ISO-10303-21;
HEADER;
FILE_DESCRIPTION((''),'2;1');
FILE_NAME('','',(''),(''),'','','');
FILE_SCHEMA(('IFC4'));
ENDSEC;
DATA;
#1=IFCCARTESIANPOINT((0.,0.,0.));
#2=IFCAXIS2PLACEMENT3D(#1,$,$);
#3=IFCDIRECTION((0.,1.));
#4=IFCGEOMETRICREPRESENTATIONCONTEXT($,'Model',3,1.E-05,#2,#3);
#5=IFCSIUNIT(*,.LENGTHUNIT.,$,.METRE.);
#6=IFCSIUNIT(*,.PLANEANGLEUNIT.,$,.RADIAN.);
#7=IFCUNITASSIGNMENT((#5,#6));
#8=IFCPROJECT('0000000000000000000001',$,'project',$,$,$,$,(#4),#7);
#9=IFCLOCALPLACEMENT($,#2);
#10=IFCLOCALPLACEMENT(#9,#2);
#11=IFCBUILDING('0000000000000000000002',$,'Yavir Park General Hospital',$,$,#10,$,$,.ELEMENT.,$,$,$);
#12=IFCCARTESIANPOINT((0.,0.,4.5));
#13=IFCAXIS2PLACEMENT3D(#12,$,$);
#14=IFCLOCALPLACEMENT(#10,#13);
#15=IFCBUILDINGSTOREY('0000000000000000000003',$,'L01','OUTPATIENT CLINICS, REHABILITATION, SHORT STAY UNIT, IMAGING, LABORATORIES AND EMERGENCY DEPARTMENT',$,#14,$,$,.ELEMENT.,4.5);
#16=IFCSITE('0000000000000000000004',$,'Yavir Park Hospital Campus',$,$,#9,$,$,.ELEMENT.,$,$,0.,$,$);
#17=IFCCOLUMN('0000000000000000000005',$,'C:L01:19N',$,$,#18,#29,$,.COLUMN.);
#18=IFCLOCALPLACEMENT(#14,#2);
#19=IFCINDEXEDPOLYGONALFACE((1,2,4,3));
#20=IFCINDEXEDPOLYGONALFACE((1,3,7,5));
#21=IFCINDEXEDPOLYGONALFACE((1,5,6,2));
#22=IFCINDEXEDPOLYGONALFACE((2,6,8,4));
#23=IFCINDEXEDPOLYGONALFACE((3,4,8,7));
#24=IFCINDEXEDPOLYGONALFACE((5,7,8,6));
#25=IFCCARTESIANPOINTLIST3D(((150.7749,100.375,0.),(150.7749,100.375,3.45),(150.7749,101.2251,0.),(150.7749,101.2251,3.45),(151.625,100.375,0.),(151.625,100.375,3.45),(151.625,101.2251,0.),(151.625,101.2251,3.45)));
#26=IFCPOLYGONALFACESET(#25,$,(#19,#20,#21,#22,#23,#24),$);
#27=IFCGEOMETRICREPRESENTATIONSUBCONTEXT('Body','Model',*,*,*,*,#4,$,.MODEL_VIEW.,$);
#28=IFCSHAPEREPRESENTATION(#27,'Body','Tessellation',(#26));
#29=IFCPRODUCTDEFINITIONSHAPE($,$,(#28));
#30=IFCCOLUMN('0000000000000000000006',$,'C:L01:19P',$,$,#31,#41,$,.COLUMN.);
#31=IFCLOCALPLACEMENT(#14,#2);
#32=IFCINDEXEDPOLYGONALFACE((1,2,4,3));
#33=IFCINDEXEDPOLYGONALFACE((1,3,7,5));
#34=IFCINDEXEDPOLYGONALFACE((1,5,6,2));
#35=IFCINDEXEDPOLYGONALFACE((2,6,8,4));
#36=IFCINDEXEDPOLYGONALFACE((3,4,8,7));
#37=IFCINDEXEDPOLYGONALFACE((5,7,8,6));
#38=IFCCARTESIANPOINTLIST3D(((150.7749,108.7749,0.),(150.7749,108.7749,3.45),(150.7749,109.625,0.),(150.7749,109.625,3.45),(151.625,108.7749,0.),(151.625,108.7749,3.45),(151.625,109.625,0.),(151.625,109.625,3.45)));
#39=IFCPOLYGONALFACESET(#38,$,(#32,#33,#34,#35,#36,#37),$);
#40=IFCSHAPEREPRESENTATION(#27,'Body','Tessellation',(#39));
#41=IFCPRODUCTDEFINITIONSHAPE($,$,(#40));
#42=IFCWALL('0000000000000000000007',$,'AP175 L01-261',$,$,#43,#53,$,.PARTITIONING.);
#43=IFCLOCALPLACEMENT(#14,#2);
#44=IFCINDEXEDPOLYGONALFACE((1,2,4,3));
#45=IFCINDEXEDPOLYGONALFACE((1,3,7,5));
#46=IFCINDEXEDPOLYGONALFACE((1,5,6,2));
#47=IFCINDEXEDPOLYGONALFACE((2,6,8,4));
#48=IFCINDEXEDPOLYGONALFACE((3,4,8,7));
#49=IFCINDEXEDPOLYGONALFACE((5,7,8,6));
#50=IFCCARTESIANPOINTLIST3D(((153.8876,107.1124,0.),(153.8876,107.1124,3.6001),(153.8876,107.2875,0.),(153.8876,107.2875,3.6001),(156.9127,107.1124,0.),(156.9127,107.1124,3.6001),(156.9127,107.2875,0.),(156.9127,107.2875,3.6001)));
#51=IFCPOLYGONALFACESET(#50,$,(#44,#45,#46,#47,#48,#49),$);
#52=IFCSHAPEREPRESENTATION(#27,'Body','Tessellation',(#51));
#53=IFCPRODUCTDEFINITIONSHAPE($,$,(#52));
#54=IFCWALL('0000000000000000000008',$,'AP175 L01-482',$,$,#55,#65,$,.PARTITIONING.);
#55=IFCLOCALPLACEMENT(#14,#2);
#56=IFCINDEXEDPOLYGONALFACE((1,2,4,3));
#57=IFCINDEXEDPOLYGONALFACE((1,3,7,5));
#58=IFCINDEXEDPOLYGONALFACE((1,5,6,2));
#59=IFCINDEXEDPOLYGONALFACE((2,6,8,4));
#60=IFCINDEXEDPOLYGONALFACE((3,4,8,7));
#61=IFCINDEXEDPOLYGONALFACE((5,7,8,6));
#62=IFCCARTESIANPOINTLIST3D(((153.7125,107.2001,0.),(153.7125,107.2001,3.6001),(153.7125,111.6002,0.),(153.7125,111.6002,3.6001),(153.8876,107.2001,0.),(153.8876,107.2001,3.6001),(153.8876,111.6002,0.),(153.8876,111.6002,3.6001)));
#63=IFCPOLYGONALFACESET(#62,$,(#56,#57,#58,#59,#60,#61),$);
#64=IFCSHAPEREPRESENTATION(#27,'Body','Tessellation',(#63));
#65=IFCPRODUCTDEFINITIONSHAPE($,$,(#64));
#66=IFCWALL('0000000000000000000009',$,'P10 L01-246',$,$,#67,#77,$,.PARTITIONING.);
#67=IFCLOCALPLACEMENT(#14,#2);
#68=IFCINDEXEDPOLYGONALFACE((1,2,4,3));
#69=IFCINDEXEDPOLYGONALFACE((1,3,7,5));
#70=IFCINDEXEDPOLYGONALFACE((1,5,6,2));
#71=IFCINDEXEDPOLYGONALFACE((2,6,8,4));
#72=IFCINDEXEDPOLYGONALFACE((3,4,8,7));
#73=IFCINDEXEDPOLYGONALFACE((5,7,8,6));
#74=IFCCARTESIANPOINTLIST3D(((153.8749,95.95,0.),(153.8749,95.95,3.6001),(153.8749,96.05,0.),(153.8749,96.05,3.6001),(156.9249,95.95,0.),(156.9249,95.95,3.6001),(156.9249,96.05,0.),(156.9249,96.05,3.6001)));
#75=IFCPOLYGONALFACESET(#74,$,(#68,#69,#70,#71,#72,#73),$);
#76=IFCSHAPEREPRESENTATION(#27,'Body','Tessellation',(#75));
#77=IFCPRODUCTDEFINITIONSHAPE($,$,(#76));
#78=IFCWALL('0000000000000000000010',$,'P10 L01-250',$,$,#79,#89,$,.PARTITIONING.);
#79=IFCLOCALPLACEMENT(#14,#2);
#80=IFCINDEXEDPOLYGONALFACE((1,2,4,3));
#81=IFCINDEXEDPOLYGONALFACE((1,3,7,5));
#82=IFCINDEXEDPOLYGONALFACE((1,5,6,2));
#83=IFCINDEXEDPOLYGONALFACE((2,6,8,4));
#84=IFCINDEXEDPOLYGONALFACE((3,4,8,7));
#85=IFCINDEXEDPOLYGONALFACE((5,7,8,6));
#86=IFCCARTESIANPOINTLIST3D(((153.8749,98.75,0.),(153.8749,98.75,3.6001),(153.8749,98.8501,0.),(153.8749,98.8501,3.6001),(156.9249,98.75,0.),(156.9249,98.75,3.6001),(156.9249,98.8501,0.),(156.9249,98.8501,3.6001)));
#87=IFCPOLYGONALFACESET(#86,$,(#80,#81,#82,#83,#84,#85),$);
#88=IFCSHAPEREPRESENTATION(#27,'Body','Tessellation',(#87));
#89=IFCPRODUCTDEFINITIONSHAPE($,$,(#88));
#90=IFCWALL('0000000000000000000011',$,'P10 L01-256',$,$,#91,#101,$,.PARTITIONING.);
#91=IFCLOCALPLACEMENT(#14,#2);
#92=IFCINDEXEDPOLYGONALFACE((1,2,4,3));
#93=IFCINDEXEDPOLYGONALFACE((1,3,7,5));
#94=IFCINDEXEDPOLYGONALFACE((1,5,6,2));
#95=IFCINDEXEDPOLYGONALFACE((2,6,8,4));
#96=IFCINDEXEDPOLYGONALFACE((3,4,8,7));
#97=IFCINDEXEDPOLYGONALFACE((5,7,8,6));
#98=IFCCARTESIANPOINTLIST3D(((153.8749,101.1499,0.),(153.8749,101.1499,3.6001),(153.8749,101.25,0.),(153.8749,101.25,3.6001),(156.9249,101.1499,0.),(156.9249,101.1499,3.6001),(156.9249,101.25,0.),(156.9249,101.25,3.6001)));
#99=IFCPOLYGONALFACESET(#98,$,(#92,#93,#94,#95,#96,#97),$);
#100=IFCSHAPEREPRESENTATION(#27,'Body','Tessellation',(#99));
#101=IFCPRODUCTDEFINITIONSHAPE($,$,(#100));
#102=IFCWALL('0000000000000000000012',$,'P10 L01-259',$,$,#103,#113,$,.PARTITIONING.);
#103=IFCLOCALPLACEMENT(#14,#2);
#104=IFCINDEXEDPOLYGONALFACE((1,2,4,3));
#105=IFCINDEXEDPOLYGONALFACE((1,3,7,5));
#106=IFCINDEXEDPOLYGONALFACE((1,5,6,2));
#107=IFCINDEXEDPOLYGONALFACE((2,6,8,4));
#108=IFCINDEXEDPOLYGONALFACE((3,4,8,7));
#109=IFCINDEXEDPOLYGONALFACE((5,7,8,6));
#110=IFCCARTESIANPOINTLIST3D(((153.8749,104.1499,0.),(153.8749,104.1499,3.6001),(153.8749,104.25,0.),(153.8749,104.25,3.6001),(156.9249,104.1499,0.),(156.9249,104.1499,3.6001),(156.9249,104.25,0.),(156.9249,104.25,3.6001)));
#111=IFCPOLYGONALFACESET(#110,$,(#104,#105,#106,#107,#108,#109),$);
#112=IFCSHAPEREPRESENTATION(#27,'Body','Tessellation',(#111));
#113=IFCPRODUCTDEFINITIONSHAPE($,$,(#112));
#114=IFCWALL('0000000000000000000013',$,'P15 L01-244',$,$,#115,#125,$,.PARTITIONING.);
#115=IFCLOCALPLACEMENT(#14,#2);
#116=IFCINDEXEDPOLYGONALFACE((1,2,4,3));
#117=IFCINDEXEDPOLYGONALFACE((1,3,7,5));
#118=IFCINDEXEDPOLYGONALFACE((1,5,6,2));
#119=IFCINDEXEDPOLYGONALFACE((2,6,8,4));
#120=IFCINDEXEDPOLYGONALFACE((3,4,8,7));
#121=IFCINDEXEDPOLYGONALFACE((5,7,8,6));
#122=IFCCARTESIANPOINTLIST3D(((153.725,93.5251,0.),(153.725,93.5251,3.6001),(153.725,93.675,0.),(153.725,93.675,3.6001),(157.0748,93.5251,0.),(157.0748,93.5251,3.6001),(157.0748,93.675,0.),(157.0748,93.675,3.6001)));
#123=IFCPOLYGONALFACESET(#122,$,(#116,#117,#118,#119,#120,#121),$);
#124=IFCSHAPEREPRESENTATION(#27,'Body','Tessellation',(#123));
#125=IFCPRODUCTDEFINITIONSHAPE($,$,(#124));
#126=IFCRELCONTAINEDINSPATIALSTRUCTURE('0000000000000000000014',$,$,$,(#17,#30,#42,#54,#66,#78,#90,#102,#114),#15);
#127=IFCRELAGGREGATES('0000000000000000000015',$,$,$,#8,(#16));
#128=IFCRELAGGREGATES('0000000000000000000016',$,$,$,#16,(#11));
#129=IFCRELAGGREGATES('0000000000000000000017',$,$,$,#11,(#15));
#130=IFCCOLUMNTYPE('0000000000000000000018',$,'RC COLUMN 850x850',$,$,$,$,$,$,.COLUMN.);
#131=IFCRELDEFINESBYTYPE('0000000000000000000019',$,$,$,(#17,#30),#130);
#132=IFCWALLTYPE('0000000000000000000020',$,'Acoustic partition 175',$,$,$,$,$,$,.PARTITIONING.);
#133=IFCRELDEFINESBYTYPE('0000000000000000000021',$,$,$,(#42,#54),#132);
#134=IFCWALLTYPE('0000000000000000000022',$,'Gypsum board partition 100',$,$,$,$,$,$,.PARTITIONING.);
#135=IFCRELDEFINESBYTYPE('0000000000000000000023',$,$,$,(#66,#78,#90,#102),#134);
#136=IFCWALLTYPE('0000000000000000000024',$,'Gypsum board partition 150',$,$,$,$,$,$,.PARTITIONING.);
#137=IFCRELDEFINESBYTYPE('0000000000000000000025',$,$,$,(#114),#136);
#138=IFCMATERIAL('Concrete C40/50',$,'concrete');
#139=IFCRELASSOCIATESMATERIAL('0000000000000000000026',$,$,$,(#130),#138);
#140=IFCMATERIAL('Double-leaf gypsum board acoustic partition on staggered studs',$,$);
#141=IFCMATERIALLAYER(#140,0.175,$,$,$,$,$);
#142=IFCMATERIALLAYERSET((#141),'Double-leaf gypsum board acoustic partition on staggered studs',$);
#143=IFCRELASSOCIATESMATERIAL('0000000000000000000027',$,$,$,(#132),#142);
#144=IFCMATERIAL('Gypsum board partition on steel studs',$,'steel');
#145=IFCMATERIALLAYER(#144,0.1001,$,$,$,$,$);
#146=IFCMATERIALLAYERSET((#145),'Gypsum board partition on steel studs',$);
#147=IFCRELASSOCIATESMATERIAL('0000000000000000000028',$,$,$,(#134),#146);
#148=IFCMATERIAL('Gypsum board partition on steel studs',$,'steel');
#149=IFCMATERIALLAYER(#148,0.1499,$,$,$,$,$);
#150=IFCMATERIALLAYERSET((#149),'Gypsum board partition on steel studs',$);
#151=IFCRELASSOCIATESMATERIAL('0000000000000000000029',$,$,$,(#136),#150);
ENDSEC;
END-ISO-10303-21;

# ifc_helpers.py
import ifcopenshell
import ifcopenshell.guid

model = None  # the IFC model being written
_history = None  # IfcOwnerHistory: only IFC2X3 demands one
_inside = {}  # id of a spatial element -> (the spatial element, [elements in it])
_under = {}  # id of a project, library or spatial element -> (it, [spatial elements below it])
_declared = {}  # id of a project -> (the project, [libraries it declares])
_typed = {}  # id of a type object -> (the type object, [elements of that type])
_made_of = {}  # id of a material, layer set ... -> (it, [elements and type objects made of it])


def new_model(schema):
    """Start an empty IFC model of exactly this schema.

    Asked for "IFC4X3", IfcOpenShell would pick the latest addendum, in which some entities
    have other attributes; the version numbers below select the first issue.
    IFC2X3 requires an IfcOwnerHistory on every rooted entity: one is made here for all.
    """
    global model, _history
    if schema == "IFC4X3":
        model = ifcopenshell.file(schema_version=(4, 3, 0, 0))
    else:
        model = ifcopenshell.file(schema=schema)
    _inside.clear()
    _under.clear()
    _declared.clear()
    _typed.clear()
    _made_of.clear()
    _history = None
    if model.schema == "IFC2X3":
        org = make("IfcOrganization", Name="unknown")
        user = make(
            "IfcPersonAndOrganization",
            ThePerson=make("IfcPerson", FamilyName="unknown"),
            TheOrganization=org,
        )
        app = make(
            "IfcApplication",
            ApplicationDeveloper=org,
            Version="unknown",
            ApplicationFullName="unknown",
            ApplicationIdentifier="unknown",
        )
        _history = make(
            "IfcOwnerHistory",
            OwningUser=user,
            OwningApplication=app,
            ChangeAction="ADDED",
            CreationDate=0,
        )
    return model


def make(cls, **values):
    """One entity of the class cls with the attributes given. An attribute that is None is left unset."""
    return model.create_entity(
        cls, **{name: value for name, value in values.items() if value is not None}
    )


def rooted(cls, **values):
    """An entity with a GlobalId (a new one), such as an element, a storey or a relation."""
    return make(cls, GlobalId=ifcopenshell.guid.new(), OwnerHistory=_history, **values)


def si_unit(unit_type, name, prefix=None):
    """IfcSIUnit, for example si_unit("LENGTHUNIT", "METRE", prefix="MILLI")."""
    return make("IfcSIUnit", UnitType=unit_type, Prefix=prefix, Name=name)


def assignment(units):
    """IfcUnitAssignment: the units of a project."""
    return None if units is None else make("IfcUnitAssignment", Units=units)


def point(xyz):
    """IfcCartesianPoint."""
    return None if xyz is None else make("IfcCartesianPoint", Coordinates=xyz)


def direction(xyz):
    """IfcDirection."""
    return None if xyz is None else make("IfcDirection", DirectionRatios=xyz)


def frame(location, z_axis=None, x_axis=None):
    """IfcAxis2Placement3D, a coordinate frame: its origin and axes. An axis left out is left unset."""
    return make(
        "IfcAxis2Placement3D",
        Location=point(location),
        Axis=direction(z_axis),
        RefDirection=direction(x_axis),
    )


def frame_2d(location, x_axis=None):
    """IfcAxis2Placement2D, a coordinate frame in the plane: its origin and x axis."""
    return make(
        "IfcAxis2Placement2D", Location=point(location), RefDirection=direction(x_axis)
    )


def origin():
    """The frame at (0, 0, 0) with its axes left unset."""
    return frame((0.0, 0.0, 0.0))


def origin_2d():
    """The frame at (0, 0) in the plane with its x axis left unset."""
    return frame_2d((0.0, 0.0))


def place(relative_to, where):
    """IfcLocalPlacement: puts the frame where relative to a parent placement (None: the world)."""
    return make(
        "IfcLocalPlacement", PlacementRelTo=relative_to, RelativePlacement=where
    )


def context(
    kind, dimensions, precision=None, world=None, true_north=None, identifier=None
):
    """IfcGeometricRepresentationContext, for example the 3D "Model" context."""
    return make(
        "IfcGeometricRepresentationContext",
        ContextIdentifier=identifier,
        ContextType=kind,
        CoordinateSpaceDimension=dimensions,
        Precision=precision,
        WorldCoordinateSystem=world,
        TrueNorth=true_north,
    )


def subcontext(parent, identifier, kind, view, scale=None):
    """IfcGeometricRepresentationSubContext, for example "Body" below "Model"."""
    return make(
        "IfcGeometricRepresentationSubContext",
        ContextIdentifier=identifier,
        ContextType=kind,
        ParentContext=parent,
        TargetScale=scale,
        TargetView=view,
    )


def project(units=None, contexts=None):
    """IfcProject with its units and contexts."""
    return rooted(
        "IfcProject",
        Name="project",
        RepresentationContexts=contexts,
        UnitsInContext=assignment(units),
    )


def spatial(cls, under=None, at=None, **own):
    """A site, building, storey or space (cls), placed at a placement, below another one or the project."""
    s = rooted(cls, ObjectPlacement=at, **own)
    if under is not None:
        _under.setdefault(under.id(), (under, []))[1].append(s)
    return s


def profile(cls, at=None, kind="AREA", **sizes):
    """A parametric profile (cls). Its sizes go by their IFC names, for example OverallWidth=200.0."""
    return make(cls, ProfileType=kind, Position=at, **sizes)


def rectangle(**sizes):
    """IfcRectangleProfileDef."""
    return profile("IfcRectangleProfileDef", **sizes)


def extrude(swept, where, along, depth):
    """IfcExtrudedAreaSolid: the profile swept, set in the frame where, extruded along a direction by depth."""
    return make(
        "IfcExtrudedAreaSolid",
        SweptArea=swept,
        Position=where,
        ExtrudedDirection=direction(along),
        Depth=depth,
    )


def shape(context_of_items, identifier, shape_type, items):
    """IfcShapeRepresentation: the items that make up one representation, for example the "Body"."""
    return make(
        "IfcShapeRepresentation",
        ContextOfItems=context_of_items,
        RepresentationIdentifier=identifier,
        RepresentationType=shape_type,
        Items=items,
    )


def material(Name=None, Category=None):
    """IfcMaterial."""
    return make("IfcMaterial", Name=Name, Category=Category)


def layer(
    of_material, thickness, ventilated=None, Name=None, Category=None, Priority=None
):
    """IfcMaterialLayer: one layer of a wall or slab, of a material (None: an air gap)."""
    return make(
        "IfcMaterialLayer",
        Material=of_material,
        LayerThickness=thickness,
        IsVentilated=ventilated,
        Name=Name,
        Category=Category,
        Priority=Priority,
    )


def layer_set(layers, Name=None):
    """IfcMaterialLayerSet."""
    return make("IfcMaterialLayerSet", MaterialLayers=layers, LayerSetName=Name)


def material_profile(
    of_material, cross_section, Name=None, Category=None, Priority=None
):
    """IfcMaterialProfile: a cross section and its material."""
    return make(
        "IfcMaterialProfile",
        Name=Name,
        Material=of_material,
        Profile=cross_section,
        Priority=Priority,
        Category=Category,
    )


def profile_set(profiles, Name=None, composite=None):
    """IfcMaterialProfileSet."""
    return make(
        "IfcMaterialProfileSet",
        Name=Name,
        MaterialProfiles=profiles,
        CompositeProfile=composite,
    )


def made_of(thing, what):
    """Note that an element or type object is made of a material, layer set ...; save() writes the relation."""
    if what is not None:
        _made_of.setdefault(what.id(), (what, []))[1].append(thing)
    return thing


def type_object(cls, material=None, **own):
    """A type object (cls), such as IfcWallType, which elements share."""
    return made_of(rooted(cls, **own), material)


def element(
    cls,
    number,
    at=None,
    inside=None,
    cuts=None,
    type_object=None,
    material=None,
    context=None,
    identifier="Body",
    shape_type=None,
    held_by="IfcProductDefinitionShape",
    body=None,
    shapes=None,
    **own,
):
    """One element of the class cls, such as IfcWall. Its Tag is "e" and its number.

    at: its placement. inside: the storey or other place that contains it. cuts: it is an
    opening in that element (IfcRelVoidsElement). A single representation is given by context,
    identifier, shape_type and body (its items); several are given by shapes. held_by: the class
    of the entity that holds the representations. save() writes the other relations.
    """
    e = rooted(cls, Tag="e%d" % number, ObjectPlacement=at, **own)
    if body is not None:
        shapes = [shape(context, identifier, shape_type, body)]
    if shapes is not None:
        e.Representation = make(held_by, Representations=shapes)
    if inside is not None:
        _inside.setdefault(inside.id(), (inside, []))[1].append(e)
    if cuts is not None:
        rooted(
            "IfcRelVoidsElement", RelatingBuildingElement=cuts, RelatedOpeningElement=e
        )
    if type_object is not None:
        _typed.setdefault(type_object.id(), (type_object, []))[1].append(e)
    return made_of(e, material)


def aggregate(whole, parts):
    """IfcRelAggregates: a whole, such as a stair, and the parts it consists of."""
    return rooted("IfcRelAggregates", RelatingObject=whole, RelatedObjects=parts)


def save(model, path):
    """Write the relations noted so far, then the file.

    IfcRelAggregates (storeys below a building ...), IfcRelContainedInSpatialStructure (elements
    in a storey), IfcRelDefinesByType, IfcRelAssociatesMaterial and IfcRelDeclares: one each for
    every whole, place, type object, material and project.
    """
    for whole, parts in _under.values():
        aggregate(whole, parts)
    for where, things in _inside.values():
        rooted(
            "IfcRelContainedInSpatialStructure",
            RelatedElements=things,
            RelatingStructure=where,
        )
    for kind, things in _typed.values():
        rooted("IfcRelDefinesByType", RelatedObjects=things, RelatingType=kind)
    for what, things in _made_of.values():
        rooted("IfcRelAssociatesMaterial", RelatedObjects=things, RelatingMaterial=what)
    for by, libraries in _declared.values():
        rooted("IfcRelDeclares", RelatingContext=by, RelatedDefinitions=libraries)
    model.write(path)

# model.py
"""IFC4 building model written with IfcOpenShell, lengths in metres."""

from ifc_helpers import new_model, si_unit, direction, frame, frame_2d, origin, origin_2d, place, context, subcontext, project, spatial, rectangle, extrude, material, layer, layer_set, material_profile, profile_set, type_object, element, save


model = new_model("IFC4")

# Units and contexts
model_context = context("Model", 3, precision=1e-05, world=origin(), true_north=direction((0.0, 1.0)))
body_context = subcontext(model_context, "Body", "Model", "MODEL_VIEW")
ifc_project = project(units=[si_unit("LENGTHUNIT", "METRE"), si_unit("PLANEANGLEUNIT", "RADIAN")], contexts=[model_context])

# Site, building, storey
site_placement = place(None, origin())
site = spatial("IfcSite", under=ifc_project, at=site_placement, Name="Yavir Park Hospital Campus", CompositionType="ELEMENT", RefElevation=0.0)
building_placement = place(site_placement, origin())
building = spatial("IfcBuilding", under=site, at=building_placement, Name="Yavir Park General Hospital", CompositionType="ELEMENT")
storey_placement = place(building_placement, frame((0.0, 0.0, 4.5)))
storey = spatial("IfcBuildingStorey", under=building, at=storey_placement, Name="L01", Description="OUTPATIENT CLINICS, REHABILITATION, SHORT STAY UNIT, IMAGING, LABORATORIES AND EMERGENCY DEPARTMENT", CompositionType="ELEMENT", Elevation=4.5)

# Columns
ifc_material_1 = material(Name="Concrete C40/50", Category="concrete")
ifc_material_profile = material_profile(ifc_material_1, rectangle(XDim=0.8501, YDim=0.8501, at=origin_2d()), Name="RC850x850")
ifc_profile_set = profile_set([ifc_material_profile], Name="Concrete C40/50")
column_type = type_object("IfcColumnType", Name="RC COLUMN 850x850", PredefinedType="COLUMN", material=ifc_profile_set)
for number, where, z_axis, x_axis, name in (
    (1, (151.2, 100.8, 0.0), (0.0, 0.0, 1.0), (1.0, 0.0, 0.0), "C:L01:19N"),
    (2, (151.2, 109.2, 0.0), (0.0, 0.0, 1.0), (1.0, 0.0, 0.0), "C:L01:19P"),
):
    element("IfcColumn", number, at=place(storey_placement, frame(where, z_axis=z_axis, x_axis=x_axis)), inside=storey, type_object=column_type, Name=name, PredefinedType="COLUMN", context=body_context, shape_type="SweptSolid", body=[
        extrude(rectangle(XDim=0.8501, YDim=0.8501, at=origin_2d()), origin(), (0.0, 0.0, 1.0), 3.45),
    ])

# Walls
ifc_material_2 = material(Name="Double-leaf gypsum board acoustic partition on staggered studs")
ifc_layer_1 = layer(ifc_material_2, 0.175)
ifc_layer_set_1 = layer_set([ifc_layer_1], Name="Double-leaf gypsum board acoustic partition on staggered studs")
wall_type_1 = type_object("IfcWallType", Name="Acoustic partition 175", PredefinedType="PARTITIONING", material=ifc_layer_set_1)
wall_1_placement = place(storey_placement, frame((153.8875, 107.2, 0.0), z_axis=(0.0, 0.0, 1.0), x_axis=(1.0, 0.0, 0.0)))
element("IfcWall", 3, at=wall_1_placement, inside=storey, type_object=wall_type_1, Name="AP175 L01-261", PredefinedType="PARTITIONING", context=body_context, shape_type="SweptSolid", body=[
    extrude(rectangle(XDim=3.0251, YDim=0.175, at=frame_2d((1.5127, 0.0))), origin(), (0.0, 0.0, 1.0), 3.6001),
])
wall_2_placement = place(storey_placement, frame((153.8, 107.2, 0.0), z_axis=(0.0, 0.0, 1.0), x_axis=(0.0, 1.0, 0.0)))
element("IfcWall", 4, at=wall_2_placement, inside=storey, type_object=wall_type_1, Name="AP175 L01-482", PredefinedType="PARTITIONING", context=body_context, shape_type="SweptSolid", body=[
    extrude(rectangle(XDim=4.4001, YDim=0.175, at=frame_2d((2.2002, 0.0))), origin(), (0.0, 0.0, 1.0), 3.6001),
])
ifc_material_3 = material(Name="Gypsum board partition on steel studs", Category="steel")
ifc_layer_2 = layer(ifc_material_3, 0.1001)
ifc_layer_set_2 = layer_set([ifc_layer_2], Name="Gypsum board partition on steel studs")
wall_type_2 = type_object("IfcWallType", Name="Gypsum board partition 100", PredefinedType="PARTITIONING", material=ifc_layer_set_2)
for number, where, z_axis, x_axis, name in (
    (5, (153.875, 96.0, 0.0), (0.0, 0.0, 1.0), (1.0, 0.0, 0.0), "P10 L01-246"),
    (6, (153.875, 98.8, 0.0), (0.0, 0.0, 1.0), (1.0, 0.0, 0.0), "P10 L01-250"),
    (7, (153.875, 101.2, 0.0), (0.0, 0.0, 1.0), (1.0, 0.0, 0.0), "P10 L01-256"),
    (8, (153.875, 104.2, 0.0), (0.0, 0.0, 1.0), (1.0, 0.0, 0.0), "P10 L01-259"),
):
    element("IfcWall", number, at=place(storey_placement, frame(where, z_axis=z_axis, x_axis=x_axis)), inside=storey, type_object=wall_type_2, Name=name, PredefinedType="PARTITIONING", context=body_context, shape_type="SweptSolid", body=[
        extrude(rectangle(XDim=3.05, YDim=0.1001, at=frame_2d((1.5249, 0.0))), origin(), (0.0, 0.0, 1.0), 3.6001),
    ])
ifc_material_4 = material(Name="Gypsum board partition on steel studs", Category="steel")
ifc_layer_3 = layer(ifc_material_4, 0.1499)
ifc_layer_set_3 = layer_set([ifc_layer_3], Name="Gypsum board partition on steel studs")
wall_type_3 = type_object("IfcWallType", Name="Gypsum board partition 150", PredefinedType="PARTITIONING", material=ifc_layer_set_3)
wall_3_placement = place(storey_placement, frame((153.7251, 93.6001, 0.0), z_axis=(0.0, 0.0, 1.0), x_axis=(1.0, 0.0, 0.0)))
element("IfcWall", 9, at=wall_3_placement, inside=storey, type_object=wall_type_3, Name="P15 L01-244", PredefinedType="PARTITIONING", context=body_context, shape_type="SweptSolid", body=[
    extrude(rectangle(XDim=3.3499, YDim=0.1499, at=frame_2d((1.6748, 0.0))), origin(), (0.0, 0.0, 1.0), 3.6001),
])

save(model, "model.ifc")
